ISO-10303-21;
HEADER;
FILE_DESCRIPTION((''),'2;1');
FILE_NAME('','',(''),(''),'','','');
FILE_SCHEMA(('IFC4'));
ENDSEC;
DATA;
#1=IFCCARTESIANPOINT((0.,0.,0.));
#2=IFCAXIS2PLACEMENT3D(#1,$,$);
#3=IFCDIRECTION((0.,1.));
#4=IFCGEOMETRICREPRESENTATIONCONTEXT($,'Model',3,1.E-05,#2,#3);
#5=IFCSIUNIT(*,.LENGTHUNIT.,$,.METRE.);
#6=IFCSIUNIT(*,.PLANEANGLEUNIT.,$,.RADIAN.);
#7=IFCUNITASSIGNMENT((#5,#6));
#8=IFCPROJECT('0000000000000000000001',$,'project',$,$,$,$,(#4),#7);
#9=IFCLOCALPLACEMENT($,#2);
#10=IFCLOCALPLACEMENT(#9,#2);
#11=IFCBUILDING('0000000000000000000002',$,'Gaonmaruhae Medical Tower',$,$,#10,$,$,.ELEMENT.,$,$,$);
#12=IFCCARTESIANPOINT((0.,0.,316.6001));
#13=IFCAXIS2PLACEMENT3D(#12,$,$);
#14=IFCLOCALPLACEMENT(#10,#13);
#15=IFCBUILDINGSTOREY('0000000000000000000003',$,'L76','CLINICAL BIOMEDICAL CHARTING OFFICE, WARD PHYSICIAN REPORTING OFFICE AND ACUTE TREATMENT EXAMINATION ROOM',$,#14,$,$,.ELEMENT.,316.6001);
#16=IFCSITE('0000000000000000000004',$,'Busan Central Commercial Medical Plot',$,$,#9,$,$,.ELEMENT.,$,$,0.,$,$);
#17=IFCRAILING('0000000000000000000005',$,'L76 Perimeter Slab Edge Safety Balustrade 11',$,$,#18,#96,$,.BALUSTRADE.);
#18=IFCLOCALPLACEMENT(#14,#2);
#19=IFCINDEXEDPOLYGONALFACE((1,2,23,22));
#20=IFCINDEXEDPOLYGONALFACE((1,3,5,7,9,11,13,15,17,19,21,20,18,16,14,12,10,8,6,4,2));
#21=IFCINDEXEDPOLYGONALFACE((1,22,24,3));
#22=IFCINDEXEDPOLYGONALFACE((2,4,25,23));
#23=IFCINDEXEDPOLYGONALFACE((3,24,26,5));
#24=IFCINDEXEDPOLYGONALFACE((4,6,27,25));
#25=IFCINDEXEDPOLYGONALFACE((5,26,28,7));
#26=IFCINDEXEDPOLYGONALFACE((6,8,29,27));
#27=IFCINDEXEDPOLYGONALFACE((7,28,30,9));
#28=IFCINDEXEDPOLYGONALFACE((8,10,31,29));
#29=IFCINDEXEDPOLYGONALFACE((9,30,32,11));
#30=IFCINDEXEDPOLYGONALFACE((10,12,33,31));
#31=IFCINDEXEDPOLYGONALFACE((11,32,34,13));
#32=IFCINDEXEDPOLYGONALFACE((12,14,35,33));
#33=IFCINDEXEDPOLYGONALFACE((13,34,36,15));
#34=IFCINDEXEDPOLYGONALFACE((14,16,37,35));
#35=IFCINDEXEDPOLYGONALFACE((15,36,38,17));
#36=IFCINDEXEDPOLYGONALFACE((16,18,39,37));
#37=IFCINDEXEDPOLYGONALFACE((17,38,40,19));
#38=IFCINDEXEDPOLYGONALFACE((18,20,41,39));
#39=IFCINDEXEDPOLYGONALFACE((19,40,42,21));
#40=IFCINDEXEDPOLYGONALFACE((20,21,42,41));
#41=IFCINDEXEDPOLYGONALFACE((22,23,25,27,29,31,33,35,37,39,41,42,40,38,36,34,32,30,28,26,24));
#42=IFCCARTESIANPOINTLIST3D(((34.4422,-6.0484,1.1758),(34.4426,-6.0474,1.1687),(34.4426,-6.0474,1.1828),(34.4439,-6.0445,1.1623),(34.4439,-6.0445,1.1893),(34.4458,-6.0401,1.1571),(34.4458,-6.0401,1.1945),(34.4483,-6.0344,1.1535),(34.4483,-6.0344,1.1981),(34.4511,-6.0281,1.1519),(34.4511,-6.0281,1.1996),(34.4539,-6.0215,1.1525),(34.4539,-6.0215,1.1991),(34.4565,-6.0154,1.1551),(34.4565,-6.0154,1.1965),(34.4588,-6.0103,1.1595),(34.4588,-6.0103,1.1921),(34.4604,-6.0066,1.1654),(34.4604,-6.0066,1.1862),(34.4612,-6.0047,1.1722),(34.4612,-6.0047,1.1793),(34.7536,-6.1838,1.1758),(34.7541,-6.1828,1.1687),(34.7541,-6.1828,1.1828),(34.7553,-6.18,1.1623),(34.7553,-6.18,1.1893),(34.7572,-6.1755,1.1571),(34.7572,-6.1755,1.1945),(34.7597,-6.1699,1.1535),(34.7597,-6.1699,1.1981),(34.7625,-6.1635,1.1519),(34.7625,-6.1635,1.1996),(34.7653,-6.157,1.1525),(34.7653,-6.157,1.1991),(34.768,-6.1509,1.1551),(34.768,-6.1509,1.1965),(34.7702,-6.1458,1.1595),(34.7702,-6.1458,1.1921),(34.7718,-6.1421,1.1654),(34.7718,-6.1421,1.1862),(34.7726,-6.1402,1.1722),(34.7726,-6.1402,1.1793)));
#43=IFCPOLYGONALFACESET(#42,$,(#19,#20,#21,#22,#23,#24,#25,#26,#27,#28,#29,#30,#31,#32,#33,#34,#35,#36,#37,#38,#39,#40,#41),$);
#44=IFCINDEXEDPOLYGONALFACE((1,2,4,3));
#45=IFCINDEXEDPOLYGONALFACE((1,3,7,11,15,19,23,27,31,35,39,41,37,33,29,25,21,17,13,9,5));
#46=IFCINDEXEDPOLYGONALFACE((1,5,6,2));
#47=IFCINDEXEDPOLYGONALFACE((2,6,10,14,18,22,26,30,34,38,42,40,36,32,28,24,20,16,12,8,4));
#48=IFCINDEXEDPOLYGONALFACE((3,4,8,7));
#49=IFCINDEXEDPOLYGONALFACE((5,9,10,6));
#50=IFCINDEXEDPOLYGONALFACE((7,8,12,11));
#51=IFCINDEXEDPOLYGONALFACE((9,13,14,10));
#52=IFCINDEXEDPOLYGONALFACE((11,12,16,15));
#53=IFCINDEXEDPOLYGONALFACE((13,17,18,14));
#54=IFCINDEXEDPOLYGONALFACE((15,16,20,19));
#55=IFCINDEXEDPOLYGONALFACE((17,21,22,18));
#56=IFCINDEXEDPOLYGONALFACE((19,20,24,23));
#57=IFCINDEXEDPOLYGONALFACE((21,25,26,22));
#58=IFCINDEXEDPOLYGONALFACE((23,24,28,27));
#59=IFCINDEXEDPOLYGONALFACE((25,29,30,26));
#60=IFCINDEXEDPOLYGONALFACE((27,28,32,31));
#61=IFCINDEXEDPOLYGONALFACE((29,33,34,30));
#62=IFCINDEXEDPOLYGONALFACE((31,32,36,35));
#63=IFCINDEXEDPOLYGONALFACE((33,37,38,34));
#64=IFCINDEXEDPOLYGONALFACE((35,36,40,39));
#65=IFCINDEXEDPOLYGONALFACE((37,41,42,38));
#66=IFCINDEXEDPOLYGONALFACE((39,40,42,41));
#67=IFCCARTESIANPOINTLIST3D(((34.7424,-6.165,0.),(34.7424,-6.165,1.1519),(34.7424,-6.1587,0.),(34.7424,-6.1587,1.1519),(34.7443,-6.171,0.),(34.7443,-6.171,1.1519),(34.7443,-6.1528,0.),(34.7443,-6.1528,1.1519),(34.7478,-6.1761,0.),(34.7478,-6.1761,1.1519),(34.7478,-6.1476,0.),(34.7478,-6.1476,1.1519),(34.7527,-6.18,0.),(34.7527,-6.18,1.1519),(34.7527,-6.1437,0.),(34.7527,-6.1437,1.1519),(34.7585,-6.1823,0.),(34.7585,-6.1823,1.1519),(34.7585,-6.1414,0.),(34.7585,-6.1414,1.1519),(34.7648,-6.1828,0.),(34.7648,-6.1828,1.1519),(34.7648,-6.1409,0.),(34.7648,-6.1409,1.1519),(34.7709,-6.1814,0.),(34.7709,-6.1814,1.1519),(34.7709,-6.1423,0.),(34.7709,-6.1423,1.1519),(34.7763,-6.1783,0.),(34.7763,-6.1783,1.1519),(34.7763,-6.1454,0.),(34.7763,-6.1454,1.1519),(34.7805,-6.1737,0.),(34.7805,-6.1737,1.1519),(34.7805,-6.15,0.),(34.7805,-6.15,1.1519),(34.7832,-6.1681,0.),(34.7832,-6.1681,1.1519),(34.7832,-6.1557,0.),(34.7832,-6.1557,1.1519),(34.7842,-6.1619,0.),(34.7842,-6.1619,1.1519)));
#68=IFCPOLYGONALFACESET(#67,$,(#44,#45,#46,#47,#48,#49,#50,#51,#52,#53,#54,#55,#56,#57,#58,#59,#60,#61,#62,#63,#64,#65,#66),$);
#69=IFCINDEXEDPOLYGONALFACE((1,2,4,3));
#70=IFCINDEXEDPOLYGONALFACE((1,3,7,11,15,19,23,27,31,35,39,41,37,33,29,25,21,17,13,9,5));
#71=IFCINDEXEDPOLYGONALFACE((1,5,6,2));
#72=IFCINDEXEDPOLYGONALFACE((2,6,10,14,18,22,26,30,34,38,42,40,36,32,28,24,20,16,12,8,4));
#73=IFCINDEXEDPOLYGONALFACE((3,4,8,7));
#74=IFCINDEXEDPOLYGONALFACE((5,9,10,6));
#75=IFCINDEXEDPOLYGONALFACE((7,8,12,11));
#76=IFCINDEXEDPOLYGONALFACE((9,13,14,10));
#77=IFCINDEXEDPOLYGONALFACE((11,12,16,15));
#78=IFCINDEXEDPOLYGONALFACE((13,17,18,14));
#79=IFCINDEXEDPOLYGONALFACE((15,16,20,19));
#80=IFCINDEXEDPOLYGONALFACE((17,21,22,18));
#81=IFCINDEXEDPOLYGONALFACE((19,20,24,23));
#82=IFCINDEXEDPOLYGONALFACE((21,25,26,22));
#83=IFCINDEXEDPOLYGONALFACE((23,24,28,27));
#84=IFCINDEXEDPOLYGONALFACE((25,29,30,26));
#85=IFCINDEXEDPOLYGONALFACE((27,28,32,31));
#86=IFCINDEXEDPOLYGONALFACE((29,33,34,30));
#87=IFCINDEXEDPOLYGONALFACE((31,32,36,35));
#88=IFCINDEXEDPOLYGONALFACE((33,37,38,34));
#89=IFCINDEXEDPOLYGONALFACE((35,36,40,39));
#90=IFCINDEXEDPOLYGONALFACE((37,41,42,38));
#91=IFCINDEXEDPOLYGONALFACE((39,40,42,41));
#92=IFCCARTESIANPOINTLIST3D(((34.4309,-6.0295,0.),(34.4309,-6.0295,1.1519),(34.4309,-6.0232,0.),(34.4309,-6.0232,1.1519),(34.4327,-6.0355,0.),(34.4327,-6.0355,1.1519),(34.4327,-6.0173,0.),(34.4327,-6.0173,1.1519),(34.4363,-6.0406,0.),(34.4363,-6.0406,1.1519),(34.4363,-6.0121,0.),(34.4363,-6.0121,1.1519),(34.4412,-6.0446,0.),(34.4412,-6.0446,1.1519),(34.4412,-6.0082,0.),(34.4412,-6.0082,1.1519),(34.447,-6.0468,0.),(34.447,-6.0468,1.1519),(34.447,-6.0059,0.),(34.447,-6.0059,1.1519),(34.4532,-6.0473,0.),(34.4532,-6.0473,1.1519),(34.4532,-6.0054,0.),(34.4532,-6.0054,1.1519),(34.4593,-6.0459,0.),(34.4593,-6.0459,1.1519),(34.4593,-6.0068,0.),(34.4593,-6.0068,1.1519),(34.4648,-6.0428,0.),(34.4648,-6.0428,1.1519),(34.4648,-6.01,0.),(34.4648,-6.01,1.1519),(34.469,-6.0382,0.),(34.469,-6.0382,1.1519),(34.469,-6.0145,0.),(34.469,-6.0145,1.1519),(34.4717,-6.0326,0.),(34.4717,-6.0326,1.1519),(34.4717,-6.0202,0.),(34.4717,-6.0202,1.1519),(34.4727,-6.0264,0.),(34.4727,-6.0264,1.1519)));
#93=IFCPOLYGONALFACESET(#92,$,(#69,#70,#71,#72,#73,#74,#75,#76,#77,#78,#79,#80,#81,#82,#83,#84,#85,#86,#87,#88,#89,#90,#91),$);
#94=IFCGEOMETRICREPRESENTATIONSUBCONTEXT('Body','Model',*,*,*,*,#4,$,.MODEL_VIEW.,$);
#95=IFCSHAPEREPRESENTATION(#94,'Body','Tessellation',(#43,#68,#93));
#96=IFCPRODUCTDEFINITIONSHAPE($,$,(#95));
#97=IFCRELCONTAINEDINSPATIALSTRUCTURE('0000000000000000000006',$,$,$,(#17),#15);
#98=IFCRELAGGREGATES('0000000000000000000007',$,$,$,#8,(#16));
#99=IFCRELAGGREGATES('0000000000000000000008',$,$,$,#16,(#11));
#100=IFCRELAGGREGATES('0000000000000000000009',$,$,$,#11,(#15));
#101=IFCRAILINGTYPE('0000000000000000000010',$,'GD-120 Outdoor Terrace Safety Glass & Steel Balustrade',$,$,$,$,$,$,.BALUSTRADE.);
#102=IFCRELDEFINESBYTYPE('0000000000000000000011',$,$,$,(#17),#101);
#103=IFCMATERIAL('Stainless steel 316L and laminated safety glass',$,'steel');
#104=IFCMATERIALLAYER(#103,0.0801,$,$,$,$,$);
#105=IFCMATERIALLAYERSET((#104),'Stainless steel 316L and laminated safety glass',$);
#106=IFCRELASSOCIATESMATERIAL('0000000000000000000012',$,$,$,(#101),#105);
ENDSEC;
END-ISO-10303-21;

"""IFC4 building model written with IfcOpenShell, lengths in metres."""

from ifc_helpers import new_model, si_unit, direction, frame, origin, origin_2d, place, context, subcontext, project, spatial, circle, extrude, material, layer, layer_set, type_object, element, save


model = new_model("IFC4")

# Units and contexts
model_context = context("Model", 3, precision=1e-05, world=origin(), true_north=direction((0.0, 1.0)))
body_context = subcontext(model_context, "Body", "Model", "MODEL_VIEW")
ifc_project = project(units=[si_unit("LENGTHUNIT", "METRE"), si_unit("PLANEANGLEUNIT", "RADIAN")], contexts=[model_context])

# Site, building, storey
site_placement = place(None, origin())
site = spatial("IfcSite", under=ifc_project, at=site_placement, Name="Busan Central Commercial Medical Plot", CompositionType="ELEMENT", RefElevation=0.0)
building_placement = place(site_placement, origin())
building = spatial("IfcBuilding", under=site, at=building_placement, Name="Gaonmaruhae Medical Tower", CompositionType="ELEMENT")
storey_placement = place(building_placement, frame((0.0, 0.0, 316.6001)))
storey = spatial("IfcBuildingStorey", under=building, at=storey_placement, Name="L76", Description="CLINICAL BIOMEDICAL CHARTING OFFICE, WARD PHYSICIAN REPORTING OFFICE AND ACUTE TREATMENT EXAMINATION ROOM", CompositionType="ELEMENT", Elevation=316.6001)

# Railing
ifc_material_1 = material(Name="Stainless steel 316L and laminated safety glass", Category="steel")
ifc_layer_1 = layer(ifc_material_1, 0.0801)
ifc_layer_set_1 = layer_set([ifc_layer_1], Name="Stainless steel 316L and laminated safety glass")
railing_type = type_object("IfcRailingType", Name="GD-120 Outdoor Terrace Safety Glass & Steel Balustrade", PredefinedType="BALUSTRADE", material=ifc_layer_set_1)
railing_1_placement = place(storey_placement, frame((34.7632, -6.1619, 0.0)))
element("IfcRailing", 1, at=railing_1_placement, inside=storey, type_object=railing_type, Name="L76 Perimeter Slab Edge Safety Balustrade 11", PredefinedType="BALUSTRADE", context=body_context, shape_type="SweptSolid", body=[
    extrude(circle(Radius=0.0239, at=origin_2d()), frame((0.0, 0.0, 1.1758), z_axis=(-0.917013, 0.398858, 0.0), x_axis=(-0.398858, -0.917013, 0.0)), (0.0, 0.0, 1.0), 0.3396),
    extrude(circle(Radius=0.021, at=origin_2d()), origin(), (0.0, 0.0, 1.0), 1.1519),
    extrude(circle(Radius=0.021, at=origin_2d()), frame((-0.3115, 0.1355, 0.0)), (0.0, 0.0, 1.0), 1.1519),
])

save(model, "model.ifc")
